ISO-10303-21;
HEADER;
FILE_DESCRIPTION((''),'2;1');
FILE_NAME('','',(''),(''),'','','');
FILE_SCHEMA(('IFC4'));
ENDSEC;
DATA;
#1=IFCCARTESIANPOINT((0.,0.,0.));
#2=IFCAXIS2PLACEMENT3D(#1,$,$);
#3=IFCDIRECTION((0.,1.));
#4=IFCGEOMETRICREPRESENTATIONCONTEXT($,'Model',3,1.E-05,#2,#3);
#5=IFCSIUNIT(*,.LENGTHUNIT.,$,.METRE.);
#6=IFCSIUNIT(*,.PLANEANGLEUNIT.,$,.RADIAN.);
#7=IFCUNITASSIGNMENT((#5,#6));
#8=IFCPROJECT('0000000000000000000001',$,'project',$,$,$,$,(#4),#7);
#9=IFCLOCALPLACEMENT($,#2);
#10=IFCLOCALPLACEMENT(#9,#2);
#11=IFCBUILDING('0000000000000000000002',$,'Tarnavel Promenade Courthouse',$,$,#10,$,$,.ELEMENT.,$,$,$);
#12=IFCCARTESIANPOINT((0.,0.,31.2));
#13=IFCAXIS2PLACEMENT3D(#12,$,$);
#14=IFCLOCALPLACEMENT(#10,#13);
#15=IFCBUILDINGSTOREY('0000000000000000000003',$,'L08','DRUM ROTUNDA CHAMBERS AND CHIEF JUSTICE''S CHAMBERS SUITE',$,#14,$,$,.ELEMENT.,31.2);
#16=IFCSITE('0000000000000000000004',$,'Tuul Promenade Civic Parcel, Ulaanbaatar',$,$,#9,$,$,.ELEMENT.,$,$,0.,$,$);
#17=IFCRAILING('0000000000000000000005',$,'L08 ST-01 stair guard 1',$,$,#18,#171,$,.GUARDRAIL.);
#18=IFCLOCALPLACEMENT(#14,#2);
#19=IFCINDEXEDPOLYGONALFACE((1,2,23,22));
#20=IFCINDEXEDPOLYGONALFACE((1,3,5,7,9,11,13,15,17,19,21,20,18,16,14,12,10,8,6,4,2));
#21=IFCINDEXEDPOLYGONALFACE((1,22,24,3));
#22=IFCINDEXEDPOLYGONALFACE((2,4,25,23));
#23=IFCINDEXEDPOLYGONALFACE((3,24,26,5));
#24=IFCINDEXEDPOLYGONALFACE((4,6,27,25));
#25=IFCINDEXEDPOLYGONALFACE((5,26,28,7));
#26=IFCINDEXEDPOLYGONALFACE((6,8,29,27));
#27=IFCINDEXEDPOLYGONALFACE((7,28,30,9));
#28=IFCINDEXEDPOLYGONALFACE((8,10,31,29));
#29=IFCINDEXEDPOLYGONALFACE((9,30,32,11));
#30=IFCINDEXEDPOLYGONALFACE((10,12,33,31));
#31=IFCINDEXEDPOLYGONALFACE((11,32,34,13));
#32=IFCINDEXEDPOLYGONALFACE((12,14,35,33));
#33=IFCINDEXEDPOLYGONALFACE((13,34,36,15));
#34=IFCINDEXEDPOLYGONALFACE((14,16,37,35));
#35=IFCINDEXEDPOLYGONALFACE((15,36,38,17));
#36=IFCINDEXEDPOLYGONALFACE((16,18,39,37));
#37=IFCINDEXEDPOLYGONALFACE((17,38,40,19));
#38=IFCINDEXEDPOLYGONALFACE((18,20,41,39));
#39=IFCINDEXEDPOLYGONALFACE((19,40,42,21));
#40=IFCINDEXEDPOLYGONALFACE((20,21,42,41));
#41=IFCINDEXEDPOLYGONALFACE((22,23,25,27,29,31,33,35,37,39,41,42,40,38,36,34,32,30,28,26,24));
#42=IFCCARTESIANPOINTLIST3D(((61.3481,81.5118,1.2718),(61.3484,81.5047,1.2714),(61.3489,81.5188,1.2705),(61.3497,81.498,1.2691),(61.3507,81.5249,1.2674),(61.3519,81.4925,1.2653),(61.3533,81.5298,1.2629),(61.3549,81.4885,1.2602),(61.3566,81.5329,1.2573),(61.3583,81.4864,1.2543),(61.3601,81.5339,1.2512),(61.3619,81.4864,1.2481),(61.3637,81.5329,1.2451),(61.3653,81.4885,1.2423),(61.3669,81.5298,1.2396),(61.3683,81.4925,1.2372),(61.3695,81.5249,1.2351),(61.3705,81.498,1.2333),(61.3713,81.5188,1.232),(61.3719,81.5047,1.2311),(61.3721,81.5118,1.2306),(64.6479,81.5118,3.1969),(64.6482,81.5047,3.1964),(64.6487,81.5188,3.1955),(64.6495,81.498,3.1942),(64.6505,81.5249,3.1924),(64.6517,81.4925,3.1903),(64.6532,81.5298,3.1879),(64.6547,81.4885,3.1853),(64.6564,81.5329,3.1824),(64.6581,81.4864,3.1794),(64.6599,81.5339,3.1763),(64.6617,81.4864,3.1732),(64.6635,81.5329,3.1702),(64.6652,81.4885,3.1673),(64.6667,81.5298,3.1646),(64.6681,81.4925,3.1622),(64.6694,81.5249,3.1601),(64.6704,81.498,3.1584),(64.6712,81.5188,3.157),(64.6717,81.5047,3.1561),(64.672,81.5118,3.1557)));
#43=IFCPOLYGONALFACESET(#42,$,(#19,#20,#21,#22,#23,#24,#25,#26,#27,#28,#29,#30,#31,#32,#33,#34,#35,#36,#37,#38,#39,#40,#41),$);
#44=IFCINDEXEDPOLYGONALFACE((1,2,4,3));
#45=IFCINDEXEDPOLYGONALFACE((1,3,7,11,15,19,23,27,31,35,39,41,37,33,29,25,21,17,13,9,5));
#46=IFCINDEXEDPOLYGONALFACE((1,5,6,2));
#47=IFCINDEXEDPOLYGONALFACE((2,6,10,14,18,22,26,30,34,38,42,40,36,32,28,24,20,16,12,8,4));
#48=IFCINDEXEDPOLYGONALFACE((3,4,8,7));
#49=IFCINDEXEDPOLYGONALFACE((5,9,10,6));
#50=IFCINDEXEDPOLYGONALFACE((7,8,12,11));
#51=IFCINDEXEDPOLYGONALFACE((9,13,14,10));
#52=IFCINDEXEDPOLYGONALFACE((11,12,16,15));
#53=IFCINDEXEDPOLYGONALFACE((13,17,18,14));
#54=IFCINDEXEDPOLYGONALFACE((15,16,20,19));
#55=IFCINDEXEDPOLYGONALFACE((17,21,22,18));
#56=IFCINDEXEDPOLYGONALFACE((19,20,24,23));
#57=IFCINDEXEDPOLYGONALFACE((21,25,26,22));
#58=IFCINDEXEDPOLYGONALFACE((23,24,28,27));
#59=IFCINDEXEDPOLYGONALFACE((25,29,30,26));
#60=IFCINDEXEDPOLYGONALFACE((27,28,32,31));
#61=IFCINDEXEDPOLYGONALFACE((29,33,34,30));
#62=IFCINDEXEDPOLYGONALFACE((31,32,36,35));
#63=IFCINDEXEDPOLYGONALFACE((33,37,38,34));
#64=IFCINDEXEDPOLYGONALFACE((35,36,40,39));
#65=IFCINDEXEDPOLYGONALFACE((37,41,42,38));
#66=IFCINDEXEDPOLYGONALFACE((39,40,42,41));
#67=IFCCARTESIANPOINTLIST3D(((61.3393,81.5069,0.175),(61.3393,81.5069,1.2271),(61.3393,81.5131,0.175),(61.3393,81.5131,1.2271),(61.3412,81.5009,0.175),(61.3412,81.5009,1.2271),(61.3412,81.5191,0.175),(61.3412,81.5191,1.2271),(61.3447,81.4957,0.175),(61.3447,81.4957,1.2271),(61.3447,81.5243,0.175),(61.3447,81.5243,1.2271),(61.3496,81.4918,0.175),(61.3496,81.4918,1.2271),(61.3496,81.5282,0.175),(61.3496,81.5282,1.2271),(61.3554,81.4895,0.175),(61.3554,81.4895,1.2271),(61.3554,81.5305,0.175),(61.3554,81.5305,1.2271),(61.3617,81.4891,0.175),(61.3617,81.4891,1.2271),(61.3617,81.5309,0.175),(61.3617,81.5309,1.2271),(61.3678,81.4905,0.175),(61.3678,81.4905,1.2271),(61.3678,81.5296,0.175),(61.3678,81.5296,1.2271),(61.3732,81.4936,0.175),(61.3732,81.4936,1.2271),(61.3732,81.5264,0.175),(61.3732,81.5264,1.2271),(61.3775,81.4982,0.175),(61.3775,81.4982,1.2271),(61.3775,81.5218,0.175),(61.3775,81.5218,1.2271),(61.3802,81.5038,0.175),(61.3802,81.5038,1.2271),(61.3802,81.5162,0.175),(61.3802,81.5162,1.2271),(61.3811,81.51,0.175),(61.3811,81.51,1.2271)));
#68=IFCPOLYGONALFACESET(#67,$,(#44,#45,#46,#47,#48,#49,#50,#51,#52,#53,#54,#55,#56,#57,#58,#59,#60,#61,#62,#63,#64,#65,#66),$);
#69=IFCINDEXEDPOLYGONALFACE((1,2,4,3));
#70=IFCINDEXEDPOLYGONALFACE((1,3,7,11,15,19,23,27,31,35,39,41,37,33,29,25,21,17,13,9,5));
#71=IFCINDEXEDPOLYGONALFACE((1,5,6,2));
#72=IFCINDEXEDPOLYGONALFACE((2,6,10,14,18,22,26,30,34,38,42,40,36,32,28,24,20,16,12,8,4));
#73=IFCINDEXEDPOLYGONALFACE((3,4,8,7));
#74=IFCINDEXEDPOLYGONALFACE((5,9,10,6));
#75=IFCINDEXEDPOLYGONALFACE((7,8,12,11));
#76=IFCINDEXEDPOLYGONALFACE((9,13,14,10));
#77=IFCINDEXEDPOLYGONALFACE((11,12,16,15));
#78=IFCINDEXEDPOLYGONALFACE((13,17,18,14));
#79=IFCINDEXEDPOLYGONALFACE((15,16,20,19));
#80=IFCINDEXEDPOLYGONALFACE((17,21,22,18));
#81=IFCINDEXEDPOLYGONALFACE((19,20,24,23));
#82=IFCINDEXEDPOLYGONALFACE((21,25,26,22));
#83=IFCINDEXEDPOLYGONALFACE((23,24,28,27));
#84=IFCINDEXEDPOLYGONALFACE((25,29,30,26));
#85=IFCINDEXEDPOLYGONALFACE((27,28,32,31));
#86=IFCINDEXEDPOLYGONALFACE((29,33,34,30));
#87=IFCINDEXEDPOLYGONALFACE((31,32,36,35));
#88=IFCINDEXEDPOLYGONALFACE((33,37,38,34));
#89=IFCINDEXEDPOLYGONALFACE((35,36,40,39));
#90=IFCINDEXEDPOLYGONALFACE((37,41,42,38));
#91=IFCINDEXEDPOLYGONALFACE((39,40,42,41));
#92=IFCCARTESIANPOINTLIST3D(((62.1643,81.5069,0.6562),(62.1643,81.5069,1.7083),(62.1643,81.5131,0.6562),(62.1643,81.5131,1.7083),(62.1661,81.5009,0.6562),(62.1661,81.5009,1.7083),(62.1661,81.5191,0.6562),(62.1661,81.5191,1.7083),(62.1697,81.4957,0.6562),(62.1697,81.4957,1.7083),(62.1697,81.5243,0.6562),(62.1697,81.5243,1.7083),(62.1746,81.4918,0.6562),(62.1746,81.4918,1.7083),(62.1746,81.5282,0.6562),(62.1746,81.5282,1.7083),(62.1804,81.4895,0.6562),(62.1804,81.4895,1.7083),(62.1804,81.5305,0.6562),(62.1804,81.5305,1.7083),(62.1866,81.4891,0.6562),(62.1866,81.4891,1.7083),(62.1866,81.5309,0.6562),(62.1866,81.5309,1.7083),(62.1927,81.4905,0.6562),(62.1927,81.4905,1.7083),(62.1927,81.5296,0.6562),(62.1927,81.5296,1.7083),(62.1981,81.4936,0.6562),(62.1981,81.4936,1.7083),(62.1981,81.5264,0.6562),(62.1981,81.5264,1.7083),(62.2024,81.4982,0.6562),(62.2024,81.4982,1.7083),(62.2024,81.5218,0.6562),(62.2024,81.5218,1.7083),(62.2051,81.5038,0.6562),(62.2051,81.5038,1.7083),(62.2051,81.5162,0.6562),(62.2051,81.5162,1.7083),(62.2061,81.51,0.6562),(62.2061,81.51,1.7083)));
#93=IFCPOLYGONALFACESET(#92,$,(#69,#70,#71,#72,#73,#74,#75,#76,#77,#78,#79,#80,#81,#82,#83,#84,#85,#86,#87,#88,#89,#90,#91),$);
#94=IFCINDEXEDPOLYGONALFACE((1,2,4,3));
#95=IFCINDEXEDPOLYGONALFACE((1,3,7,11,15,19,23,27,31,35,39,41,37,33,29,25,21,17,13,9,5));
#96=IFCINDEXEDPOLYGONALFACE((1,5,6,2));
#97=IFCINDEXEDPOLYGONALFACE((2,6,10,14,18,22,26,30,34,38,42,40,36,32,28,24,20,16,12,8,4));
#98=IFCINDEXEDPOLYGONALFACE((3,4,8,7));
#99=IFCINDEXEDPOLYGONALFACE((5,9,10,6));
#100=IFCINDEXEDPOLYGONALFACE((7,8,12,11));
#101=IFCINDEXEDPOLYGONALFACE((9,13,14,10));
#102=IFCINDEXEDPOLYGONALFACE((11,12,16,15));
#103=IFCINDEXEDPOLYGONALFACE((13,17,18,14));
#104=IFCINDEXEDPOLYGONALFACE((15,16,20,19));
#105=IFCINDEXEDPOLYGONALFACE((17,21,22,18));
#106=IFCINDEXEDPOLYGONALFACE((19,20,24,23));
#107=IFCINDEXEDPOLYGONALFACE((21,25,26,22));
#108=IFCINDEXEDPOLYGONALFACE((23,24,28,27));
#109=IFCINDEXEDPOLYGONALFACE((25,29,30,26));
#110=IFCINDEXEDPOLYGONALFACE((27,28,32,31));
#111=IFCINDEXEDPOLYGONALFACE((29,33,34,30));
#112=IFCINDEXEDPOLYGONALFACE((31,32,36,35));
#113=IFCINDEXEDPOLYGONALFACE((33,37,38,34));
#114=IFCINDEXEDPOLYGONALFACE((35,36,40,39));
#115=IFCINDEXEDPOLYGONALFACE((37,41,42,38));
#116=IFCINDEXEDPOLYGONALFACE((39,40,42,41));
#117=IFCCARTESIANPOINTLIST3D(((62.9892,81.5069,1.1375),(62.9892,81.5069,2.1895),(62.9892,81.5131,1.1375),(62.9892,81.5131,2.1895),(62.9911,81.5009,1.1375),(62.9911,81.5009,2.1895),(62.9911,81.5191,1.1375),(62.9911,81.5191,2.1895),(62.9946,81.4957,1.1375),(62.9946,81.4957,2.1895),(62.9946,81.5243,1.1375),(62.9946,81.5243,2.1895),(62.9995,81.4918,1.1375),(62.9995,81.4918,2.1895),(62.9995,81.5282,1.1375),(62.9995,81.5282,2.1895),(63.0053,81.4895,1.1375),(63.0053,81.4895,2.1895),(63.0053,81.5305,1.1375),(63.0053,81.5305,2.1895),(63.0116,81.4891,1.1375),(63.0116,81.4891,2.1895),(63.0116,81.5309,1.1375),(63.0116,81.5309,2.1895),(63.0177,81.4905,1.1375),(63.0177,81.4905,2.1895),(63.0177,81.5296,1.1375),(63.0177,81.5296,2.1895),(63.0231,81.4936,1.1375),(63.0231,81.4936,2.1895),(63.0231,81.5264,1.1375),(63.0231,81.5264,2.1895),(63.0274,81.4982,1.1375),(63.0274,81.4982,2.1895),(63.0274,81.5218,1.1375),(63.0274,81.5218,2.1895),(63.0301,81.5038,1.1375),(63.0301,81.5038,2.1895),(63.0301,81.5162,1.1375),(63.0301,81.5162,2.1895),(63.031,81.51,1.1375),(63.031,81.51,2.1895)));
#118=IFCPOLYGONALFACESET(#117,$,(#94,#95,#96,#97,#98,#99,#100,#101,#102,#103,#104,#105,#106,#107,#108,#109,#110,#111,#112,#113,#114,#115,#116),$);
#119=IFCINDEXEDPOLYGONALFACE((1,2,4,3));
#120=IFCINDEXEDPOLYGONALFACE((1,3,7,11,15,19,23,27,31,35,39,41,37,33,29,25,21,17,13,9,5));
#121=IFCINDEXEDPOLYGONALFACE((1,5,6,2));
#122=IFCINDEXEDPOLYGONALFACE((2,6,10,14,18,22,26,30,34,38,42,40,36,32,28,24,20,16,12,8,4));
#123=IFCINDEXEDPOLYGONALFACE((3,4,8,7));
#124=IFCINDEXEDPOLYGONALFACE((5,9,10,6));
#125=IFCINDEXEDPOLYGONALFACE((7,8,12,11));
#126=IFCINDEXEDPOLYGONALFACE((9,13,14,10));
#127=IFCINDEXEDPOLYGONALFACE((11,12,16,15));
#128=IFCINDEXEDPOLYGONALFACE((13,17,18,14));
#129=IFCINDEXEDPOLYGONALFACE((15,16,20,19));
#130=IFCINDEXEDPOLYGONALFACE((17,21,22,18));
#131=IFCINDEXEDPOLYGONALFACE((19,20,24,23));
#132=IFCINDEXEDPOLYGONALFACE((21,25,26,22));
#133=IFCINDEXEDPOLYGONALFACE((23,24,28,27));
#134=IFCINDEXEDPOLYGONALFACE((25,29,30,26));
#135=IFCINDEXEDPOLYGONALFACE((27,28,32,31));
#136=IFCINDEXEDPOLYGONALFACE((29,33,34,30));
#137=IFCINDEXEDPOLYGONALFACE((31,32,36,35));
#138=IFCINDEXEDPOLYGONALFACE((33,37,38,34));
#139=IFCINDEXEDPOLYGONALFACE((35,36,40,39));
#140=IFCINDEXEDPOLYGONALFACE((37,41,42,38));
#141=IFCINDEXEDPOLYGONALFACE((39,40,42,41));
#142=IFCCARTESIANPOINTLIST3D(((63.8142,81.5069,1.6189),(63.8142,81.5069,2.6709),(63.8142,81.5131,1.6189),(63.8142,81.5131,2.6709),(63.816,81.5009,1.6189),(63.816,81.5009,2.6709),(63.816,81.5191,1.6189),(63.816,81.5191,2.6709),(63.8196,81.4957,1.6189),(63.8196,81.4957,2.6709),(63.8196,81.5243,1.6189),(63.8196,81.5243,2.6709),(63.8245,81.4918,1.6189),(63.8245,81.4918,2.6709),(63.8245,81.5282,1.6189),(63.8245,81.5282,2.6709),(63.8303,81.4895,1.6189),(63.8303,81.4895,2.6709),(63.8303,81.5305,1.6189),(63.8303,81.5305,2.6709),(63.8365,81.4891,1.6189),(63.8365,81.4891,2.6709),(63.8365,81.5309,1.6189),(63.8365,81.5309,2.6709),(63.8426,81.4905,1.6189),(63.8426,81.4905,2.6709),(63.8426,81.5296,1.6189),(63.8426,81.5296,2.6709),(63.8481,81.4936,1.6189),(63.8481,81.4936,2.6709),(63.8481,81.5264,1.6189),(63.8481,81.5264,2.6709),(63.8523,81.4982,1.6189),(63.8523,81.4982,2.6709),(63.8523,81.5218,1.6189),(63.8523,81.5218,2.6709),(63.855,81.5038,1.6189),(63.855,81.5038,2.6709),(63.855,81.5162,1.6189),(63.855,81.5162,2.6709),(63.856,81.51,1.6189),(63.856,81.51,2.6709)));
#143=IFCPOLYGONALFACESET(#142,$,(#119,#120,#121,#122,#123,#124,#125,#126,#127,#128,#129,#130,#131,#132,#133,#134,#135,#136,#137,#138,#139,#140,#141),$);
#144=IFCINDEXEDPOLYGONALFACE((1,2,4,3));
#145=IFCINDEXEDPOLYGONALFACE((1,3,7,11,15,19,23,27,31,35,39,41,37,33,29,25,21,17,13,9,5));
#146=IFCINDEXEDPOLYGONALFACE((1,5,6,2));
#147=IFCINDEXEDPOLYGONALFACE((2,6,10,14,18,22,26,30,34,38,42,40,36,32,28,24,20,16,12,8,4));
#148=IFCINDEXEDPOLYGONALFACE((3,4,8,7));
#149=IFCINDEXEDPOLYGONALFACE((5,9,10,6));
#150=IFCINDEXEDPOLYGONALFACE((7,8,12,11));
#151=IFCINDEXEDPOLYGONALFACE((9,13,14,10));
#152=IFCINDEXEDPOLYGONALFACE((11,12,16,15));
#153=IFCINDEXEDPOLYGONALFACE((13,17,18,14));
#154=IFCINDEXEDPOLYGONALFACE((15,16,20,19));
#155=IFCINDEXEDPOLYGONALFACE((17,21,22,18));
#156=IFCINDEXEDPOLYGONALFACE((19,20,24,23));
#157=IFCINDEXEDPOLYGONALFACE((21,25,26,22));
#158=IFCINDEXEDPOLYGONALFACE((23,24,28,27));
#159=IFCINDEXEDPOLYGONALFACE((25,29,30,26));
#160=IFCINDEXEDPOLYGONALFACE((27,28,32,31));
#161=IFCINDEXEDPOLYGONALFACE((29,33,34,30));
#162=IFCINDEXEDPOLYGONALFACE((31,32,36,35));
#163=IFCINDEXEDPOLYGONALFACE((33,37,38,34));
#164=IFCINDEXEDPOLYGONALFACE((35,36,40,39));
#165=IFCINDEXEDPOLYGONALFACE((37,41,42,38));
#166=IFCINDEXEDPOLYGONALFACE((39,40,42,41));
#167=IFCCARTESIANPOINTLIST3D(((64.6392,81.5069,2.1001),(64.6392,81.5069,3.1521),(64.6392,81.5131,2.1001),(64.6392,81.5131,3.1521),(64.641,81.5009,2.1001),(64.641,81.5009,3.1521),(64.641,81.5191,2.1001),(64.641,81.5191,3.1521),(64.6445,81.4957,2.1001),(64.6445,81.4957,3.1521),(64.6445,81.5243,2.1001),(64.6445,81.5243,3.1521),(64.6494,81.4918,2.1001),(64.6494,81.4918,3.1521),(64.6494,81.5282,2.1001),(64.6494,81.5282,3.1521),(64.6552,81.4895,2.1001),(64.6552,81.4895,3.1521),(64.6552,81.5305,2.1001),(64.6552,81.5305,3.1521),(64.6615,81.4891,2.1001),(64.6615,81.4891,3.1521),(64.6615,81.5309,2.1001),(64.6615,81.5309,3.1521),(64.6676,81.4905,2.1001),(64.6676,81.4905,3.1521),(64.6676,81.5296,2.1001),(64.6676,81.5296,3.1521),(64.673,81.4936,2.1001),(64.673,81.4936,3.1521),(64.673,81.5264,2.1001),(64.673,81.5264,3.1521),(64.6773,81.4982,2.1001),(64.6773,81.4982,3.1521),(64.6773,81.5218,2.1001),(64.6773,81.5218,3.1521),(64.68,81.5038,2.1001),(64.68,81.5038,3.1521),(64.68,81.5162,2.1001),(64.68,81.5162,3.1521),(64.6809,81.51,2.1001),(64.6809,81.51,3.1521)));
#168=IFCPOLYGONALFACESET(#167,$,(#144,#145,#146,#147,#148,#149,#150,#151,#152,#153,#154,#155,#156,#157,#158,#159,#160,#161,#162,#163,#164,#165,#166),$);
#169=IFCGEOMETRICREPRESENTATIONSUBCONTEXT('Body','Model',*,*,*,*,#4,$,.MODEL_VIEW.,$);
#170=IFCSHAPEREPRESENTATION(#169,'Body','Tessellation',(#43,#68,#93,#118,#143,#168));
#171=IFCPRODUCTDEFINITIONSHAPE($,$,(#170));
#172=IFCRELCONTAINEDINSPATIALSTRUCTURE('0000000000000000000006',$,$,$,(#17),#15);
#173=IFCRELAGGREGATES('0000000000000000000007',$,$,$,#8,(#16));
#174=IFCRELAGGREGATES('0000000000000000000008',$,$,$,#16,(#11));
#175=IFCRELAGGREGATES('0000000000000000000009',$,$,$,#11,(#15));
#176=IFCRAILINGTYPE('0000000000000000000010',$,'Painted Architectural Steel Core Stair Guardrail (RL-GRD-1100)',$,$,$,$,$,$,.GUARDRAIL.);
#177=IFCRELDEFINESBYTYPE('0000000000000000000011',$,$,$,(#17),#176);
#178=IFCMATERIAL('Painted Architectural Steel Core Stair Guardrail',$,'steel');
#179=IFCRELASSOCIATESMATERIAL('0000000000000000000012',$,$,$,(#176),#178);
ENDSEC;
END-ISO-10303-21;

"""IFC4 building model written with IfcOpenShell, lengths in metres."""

from ifc_helpers import new_model, si_unit, direction, frame, origin, origin_2d, place, context, subcontext, project, spatial, circle, extrude, material, type_object, element, save


model = new_model("IFC4")

# Units and contexts
model_context = context("Model", 3, precision=1e-05, world=origin(), true_north=direction((0.0, 1.0)))
body_context = subcontext(model_context, "Body", "Model", "MODEL_VIEW")
ifc_project = project(units=[si_unit("LENGTHUNIT", "METRE"), si_unit("PLANEANGLEUNIT", "RADIAN")], contexts=[model_context])

# Site, building, storey
site_placement = place(None, origin())
site = spatial("IfcSite", under=ifc_project, at=site_placement, Name="Tuul Promenade Civic Parcel, Ulaanbaatar", CompositionType="ELEMENT", RefElevation=0.0)
building_placement = place(site_placement, origin())
building = spatial("IfcBuilding", under=site, at=building_placement, Name="Tarnavel Promenade Courthouse", CompositionType="ELEMENT")
storey_placement = place(building_placement, frame((0.0, 0.0, 31.2)))
storey = spatial("IfcBuildingStorey", under=building, at=storey_placement, Name="L08", Description="DRUM ROTUNDA CHAMBERS AND CHIEF JUSTICE'S CHAMBERS SUITE", CompositionType="ELEMENT", Elevation=31.2)

# Railing
ifc_material_1 = material(Name="Painted Architectural Steel Core Stair Guardrail", Category="steel")
railing_type_1 = type_object("IfcRailingType", Name="Painted Architectural Steel Core Stair Guardrail (RL-GRD-1100)", PredefinedType="GUARDRAIL", material=ifc_material_1)
railing_1_placement = place(storey_placement, frame((61.3601, 81.51, 0.175)))
element("IfcRailing", 1, at=railing_1_placement, inside=storey, type_object=railing_type_1, Name="L08 ST-01 stair guard 1", PredefinedType="GUARDRAIL", context=body_context, shape_type="SweptSolid", body=[
    extrude(circle(Radius=0.0239, at=origin_2d()), frame((0.0, 0.0, 1.0762), z_axis=(0.86376, 0.0, 0.503903), x_axis=(0.0, 1.0, 0.0)), (0.0, 0.0, 1.0), 3.8203),
    extrude(circle(Radius=0.021, at=origin_2d()), origin(), (0.0, 0.0, 1.0), 1.052),
    extrude(circle(Radius=0.021, at=origin_2d()), frame((0.825, 0.0, 0.4812)), (0.0, 0.0, 1.0), 1.052),
    extrude(circle(Radius=0.021, at=origin_2d()), frame((1.6499, 0.0, 0.9624)), (0.0, 0.0, 1.0), 1.052),
    extrude(circle(Radius=0.021, at=origin_2d()), frame((2.4749, 0.0, 1.4438)), (0.0, 0.0, 1.0), 1.052),
    extrude(circle(Radius=0.021, at=origin_2d()), frame((3.2998, 0.0, 1.925)), (0.0, 0.0, 1.0), 1.052),
])

save(model, "model.ifc")
